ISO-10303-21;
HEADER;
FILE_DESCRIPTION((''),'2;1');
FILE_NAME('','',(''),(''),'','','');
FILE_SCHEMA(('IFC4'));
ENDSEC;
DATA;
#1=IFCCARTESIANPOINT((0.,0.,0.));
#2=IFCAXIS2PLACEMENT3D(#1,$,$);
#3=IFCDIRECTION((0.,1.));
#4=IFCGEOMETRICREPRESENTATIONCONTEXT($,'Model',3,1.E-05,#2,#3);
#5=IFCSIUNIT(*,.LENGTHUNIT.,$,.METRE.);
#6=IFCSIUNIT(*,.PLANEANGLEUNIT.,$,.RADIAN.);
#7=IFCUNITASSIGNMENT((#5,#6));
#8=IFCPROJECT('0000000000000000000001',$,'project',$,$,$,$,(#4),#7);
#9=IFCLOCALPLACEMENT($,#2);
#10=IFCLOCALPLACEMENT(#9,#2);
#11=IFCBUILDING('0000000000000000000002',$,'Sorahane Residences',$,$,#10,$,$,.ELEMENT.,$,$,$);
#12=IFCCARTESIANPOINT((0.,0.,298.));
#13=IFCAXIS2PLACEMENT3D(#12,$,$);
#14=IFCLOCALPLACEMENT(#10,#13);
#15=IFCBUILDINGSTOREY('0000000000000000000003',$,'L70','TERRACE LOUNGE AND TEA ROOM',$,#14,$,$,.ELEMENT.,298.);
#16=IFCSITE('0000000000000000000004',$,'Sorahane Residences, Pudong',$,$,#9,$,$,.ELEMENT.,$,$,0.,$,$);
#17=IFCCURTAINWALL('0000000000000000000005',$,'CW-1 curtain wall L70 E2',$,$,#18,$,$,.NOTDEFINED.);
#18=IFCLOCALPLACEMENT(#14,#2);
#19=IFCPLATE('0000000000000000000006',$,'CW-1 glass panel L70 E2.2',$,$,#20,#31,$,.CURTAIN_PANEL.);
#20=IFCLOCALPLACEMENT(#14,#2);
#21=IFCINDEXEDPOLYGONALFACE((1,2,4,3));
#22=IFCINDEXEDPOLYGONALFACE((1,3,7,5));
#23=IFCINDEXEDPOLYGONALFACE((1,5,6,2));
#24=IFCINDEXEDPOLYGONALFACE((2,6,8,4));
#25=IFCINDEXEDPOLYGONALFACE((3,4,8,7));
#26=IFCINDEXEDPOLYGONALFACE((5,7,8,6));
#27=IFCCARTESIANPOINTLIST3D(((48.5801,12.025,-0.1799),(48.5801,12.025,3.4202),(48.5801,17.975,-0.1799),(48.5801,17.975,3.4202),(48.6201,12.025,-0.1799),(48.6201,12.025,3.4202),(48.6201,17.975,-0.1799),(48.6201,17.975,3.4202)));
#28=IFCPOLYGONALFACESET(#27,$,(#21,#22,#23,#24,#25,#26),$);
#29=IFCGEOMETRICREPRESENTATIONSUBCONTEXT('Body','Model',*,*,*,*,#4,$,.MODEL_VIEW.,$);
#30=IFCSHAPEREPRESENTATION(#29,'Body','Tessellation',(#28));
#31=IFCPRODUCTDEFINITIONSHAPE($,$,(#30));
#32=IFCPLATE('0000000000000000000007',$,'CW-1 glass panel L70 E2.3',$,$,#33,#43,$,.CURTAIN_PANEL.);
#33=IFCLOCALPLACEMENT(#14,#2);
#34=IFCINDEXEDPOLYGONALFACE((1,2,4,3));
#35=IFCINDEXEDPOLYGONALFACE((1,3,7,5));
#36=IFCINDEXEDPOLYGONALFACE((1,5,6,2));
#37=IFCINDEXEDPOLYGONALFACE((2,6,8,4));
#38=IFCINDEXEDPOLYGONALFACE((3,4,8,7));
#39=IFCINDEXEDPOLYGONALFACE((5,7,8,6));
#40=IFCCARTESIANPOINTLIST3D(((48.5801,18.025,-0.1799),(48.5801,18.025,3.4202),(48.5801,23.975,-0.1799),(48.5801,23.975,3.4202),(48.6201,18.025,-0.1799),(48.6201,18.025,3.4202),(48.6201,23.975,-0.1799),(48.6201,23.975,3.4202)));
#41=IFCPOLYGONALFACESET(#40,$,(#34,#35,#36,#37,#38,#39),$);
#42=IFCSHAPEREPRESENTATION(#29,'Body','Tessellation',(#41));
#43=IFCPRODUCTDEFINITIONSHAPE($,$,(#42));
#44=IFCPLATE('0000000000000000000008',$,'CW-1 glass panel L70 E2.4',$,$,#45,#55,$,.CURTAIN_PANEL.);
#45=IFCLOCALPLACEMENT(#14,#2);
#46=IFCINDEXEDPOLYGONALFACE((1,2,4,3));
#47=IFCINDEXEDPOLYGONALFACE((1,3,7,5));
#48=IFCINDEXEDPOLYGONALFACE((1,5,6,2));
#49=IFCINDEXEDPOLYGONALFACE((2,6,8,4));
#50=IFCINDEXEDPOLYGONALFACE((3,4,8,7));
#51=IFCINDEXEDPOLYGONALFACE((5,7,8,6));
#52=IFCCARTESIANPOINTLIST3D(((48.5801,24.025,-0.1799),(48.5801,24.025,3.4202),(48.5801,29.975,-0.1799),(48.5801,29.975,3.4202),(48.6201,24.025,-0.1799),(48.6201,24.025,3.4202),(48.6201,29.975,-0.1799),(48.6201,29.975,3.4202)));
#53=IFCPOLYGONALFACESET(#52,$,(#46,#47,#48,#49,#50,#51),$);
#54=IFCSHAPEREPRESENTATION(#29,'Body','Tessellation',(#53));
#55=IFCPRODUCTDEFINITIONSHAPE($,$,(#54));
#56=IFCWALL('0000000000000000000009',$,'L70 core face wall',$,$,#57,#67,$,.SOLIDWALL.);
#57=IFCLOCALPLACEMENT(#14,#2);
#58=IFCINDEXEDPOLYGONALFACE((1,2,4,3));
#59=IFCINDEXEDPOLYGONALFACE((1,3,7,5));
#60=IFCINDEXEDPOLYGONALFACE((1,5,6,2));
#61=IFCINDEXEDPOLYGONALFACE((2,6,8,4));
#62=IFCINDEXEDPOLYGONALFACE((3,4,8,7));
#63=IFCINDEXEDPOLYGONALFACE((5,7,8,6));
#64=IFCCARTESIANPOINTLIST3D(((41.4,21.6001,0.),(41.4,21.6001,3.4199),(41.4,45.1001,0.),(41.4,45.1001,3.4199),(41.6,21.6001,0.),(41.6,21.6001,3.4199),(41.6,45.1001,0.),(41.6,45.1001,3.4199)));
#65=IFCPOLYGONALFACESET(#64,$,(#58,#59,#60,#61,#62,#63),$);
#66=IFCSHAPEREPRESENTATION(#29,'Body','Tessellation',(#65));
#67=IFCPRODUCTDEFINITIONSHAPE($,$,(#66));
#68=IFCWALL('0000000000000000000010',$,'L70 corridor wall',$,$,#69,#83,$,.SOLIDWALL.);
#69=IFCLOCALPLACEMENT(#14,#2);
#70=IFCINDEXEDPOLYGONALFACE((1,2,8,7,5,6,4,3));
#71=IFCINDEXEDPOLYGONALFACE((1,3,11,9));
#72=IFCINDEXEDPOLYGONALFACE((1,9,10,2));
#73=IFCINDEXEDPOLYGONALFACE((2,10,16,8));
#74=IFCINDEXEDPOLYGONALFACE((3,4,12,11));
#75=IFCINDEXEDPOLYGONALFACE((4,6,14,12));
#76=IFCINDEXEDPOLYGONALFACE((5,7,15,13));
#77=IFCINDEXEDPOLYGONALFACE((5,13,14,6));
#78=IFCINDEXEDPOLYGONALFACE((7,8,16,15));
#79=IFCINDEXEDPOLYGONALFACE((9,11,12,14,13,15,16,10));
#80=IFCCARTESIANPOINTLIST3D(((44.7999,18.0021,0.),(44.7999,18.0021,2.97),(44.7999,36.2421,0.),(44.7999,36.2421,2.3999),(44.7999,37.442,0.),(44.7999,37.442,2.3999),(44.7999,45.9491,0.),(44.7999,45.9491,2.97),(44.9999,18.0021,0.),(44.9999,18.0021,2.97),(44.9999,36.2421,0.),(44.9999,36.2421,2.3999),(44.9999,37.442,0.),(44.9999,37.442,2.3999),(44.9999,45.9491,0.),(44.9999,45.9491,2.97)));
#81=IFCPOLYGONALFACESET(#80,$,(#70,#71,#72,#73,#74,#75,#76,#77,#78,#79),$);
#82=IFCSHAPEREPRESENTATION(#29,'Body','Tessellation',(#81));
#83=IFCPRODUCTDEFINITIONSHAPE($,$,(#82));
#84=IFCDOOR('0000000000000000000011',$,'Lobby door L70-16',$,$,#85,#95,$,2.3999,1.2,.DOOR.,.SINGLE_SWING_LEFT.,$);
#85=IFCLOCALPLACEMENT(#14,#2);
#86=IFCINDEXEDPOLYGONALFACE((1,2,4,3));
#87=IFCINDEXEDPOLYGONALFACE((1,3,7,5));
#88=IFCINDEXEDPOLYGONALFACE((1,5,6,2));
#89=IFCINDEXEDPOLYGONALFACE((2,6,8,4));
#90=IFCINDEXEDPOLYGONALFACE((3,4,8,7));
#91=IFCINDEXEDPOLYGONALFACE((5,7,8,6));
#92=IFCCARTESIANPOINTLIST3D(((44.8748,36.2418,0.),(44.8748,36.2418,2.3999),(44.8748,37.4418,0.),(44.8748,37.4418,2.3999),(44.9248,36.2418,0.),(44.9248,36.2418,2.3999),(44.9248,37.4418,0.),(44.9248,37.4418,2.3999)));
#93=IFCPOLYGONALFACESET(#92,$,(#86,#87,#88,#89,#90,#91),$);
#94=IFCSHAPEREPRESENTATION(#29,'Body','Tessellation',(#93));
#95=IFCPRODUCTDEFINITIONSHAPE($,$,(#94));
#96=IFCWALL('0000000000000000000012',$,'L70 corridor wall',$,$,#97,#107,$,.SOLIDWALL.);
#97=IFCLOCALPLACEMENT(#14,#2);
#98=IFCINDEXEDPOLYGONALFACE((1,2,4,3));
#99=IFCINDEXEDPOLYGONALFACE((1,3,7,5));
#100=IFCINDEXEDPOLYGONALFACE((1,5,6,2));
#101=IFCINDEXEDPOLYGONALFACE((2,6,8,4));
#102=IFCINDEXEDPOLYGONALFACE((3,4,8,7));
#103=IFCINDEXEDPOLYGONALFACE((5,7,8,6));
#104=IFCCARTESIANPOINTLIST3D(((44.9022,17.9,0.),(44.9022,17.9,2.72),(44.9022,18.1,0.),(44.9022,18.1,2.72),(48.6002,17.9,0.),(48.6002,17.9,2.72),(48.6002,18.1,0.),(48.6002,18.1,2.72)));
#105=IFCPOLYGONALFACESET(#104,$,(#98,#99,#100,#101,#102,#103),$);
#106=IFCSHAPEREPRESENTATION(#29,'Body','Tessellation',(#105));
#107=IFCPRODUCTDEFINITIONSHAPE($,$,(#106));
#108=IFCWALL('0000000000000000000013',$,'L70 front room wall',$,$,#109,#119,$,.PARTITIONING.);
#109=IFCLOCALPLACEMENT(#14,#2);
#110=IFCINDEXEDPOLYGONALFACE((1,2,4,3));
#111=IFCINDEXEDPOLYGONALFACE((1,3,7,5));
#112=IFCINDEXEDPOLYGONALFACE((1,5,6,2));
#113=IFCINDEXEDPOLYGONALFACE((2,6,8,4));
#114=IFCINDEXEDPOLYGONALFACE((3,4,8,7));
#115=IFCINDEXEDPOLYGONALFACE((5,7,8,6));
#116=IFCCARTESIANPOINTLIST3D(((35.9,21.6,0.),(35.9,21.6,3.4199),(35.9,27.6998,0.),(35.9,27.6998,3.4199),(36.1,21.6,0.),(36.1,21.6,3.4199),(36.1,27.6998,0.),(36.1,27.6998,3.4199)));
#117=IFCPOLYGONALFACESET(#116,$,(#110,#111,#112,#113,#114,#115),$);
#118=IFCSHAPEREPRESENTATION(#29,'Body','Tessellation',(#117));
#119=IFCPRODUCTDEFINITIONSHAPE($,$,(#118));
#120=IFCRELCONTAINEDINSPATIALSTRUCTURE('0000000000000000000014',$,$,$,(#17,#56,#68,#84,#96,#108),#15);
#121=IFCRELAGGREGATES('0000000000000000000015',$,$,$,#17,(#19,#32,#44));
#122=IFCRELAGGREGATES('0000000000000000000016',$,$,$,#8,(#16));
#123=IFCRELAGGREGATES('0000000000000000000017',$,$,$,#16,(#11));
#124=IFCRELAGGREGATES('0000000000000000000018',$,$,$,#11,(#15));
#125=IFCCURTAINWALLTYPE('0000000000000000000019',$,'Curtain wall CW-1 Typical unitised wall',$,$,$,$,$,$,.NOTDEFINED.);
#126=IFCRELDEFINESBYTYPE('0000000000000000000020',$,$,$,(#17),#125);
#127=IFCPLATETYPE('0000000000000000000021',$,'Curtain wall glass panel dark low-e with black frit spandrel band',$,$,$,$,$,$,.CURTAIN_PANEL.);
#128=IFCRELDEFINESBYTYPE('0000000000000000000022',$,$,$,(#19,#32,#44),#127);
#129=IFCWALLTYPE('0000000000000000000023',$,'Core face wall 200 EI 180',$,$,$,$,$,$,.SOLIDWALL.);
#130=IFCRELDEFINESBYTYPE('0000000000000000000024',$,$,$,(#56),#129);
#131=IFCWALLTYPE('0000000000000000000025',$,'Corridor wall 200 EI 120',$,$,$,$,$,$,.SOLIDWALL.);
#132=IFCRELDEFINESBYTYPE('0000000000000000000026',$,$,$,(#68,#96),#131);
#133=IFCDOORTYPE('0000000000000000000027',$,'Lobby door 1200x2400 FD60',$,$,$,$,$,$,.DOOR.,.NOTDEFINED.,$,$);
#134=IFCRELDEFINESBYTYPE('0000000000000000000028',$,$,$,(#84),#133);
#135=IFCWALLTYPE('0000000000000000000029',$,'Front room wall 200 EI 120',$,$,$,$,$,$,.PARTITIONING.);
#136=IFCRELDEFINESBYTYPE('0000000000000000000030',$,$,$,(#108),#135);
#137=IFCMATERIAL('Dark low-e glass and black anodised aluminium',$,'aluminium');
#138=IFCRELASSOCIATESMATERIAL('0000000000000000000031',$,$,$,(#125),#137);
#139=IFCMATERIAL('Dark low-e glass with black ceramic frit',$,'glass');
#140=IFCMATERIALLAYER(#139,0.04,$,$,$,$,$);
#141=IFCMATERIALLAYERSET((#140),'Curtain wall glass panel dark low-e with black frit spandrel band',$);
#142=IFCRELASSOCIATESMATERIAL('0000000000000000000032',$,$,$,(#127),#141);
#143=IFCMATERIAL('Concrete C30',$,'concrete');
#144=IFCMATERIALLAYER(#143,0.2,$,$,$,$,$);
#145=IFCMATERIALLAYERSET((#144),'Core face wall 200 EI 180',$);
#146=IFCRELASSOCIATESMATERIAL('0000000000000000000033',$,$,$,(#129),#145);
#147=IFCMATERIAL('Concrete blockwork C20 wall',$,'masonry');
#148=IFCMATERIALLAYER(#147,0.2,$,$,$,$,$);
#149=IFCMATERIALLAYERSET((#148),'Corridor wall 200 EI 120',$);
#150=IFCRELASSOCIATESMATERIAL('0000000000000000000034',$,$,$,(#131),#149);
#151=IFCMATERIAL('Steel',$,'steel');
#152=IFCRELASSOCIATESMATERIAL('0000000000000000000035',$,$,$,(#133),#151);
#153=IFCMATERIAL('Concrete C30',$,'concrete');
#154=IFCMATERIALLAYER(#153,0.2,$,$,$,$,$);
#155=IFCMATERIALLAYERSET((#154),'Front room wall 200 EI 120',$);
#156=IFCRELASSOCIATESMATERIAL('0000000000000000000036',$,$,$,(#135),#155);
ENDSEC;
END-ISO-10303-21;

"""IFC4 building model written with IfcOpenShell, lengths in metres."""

from ifc_helpers import new_model, si_unit, direction, frame, frame_2d, origin, origin_2d, place, context, subcontext, project, spatial, rectangle, extrude, material, layer, layer_set, type_object, element, fill, aggregate, save


model = new_model("IFC4")

# Units and contexts
model_context = context("Model", 3, precision=1e-05, world=origin(), true_north=direction((0.0, 1.0)))
body_context = subcontext(model_context, "Body", "Model", "MODEL_VIEW")
ifc_project = project(units=[si_unit("LENGTHUNIT", "METRE"), si_unit("PLANEANGLEUNIT", "RADIAN")], contexts=[model_context])

# Site, building, storey
site_placement = place(None, origin())
site = spatial("IfcSite", under=ifc_project, at=site_placement, Name="Sorahane Residences, Pudong", CompositionType="ELEMENT", RefElevation=0.0)
building_placement = place(site_placement, origin())
building = spatial("IfcBuilding", under=site, at=building_placement, Name="Sorahane Residences", CompositionType="ELEMENT")
storey_placement = place(building_placement, frame((0.0, 0.0, 298.0)))
storey = spatial("IfcBuildingStorey", under=building, at=storey_placement, Name="L70", Description="TERRACE LOUNGE AND TEA ROOM", CompositionType="ELEMENT", Elevation=298.0)

# Curtain wall
ifc_material_1 = material(Name="Dark low-e glass and black anodised aluminium", Category="aluminium")
curtain_wall_type = type_object("IfcCurtainWallType", Name="Curtain wall CW-1 Typical unitised wall", PredefinedType="NOTDEFINED", material=ifc_material_1)
curtain_wall_placement = place(storey_placement, origin())
curtain_wall = element("IfcCurtainWall", 1, at=curtain_wall_placement, inside=storey, type_object=curtain_wall_type, Name="CW-1 curtain wall L70 E2", PredefinedType="NOTDEFINED")

# Plates
ifc_material_2 = material(Name="Dark low-e glass with black ceramic frit", Category="glass")
ifc_layer_1 = layer(ifc_material_2, 0.04)
ifc_layer_set_1 = layer_set([ifc_layer_1], Name="Curtain wall glass panel dark low-e with black frit spandrel band")
plate_type = type_object("IfcPlateType", Name="Curtain wall glass panel dark low-e with black frit spandrel band", PredefinedType="CURTAIN_PANEL", material=ifc_layer_set_1)
plate_1_placement = place(storey_placement, frame((48.6001, 15.0, -0.1799), z_axis=(0.0, 0.0, 1.0), x_axis=(0.0, 1.0, 0.0)))
plate_1 = element("IfcPlate", 2, at=plate_1_placement, type_object=plate_type, Name="CW-1 glass panel L70 E2.2", PredefinedType="CURTAIN_PANEL", context=body_context, shape_type="SweptSolid", body=[
    extrude(rectangle(XDim=5.95, YDim=0.04, at=origin_2d()), origin(), (0.0, 0.0, 1.0), 3.6001),
])
plate_2_placement = place(storey_placement, frame((48.6001, 21.0, -0.1799), z_axis=(0.0, 0.0, 1.0), x_axis=(0.0, 1.0, 0.0)))
plate_2 = element("IfcPlate", 3, at=plate_2_placement, type_object=plate_type, Name="CW-1 glass panel L70 E2.3", PredefinedType="CURTAIN_PANEL", context=body_context, shape_type="SweptSolid", body=[
    extrude(rectangle(XDim=5.95, YDim=0.04, at=origin_2d()), origin(), (0.0, 0.0, 1.0), 3.6001),
])
plate_3_placement = place(storey_placement, frame((48.6001, 27.0, -0.1799), z_axis=(0.0, 0.0, 1.0), x_axis=(0.0, 1.0, 0.0)))
plate_3 = element("IfcPlate", 4, at=plate_3_placement, type_object=plate_type, Name="CW-1 glass panel L70 E2.4", PredefinedType="CURTAIN_PANEL", context=body_context, shape_type="SweptSolid", body=[
    extrude(rectangle(XDim=5.95, YDim=0.04, at=origin_2d()), origin(), (0.0, 0.0, 1.0), 3.6001),
])
aggregate(curtain_wall, [plate_1, plate_2, plate_3])

# Wall
ifc_material_3 = material(Name="Concrete C30", Category="concrete")
ifc_layer_2 = layer(ifc_material_3, 0.2)
ifc_layer_set_2 = layer_set([ifc_layer_2], Name="Core face wall 200 EI 180")
wall_type_1 = type_object("IfcWallType", Name="Core face wall 200 EI 180", PredefinedType="SOLIDWALL", material=ifc_layer_set_2)
wall_1_placement = place(storey_placement, frame((41.5, 21.6001, 0.0), z_axis=(0.0, 0.0, 1.0), x_axis=(0.0, 1.0, 0.0)))
element("IfcWall", 5, at=wall_1_placement, inside=storey, type_object=wall_type_1, Name="L70 core face wall", PredefinedType="SOLIDWALL", context=body_context, shape_type="SweptSolid", body=[
    extrude(rectangle(XDim=23.5, YDim=0.2, at=frame_2d((11.75, 0.0))), origin(), (0.0, 0.0, 1.0), 3.4199),
])

# Wall, opening, door
ifc_material_4 = material(Name="Concrete blockwork C20 wall", Category="masonry")
ifc_layer_3 = layer(ifc_material_4, 0.2)
ifc_layer_set_3 = layer_set([ifc_layer_3], Name="Corridor wall 200 EI 120")
wall_type_2 = type_object("IfcWallType", Name="Corridor wall 200 EI 120", PredefinedType="SOLIDWALL", material=ifc_layer_set_3)
wall_2_placement = place(storey_placement, frame((44.8999, 18.002, 0.0), z_axis=(0.0, 0.0, 1.0), x_axis=(0.0, 1.0, 0.0)))
wall_2 = element("IfcWall", 6, at=wall_2_placement, inside=storey, type_object=wall_type_2, Name="L70 corridor wall", PredefinedType="SOLIDWALL", context=body_context, shape_type="SweptSolid", body=[
    extrude(rectangle(XDim=27.947, YDim=0.2, at=frame_2d((13.9736, 0.0))), origin(), (0.0, 0.0, 1.0), 2.97),
])
opening_1_placement = place(wall_2_placement, frame((18.24, 0.0, 0.0)))
opening_1 = element("IfcOpeningElement", 7, at=opening_1_placement, cuts=wall_2, PredefinedType="OPENING", context=body_context, shape_type="SweptSolid", body=[
    extrude(rectangle(XDim=1.2, YDim=2.3999, at=frame_2d((0.6001, 1.2))), frame((0.0, 0.1099, 0.0), z_axis=(0.0, -1.0, 0.0), x_axis=(1.0, 0.0, 0.0)), (0.0, 0.0, 1.0), 0.22),
])
ifc_material_5 = material(Name="Steel", Category="steel")
door_type_1 = type_object("IfcDoorType", Name="Lobby door 1200x2400 FD60", OperationType="NOTDEFINED", PredefinedType="DOOR", material=ifc_material_5)
door_1_placement = place(opening_1_placement, frame((1.2, 0.0, 0.0), z_axis=(0.0, 0.0, 1.0), x_axis=(-1.0, 0.0, 0.0)))
door_1 = element("IfcDoor", 8, at=door_1_placement, inside=storey, type_object=door_type_1, Name="Lobby door L70-16", OperationType="SINGLE_SWING_LEFT", OverallHeight=2.3999, OverallWidth=1.2, PredefinedType="DOOR", context=body_context, shape_type="SweptSolid", body=[
    extrude(rectangle(XDim=1.2, YDim=2.3999, at=frame_2d((0.6001, 1.2))), frame((0.0, 0.0249, 0.0), z_axis=(0.0, -1.0, 0.0), x_axis=(1.0, 0.0, 0.0)), (0.0, 0.0, 1.0), 0.05),
])
fill(opening_1, door_1)

# Walls
wall_3_placement = place(storey_placement, frame((44.9021, 18.0, 0.0), z_axis=(0.0, 0.0, 1.0), x_axis=(1.0, 0.0, 0.0)))
element("IfcWall", 9, at=wall_3_placement, inside=storey, type_object=wall_type_2, Name="L70 corridor wall", PredefinedType="SOLIDWALL", context=body_context, shape_type="SweptSolid", body=[
    extrude(rectangle(XDim=3.698, YDim=0.2, at=frame_2d((1.8491, 0.0))), origin(), (0.0, 0.0, 1.0), 2.72),
])
ifc_material_6 = material(Name="Concrete C30", Category="concrete")
ifc_layer_4 = layer(ifc_material_6, 0.2)
ifc_layer_set_4 = layer_set([ifc_layer_4], Name="Front room wall 200 EI 120")
wall_type_3 = type_object("IfcWallType", Name="Front room wall 200 EI 120", PredefinedType="PARTITIONING", material=ifc_layer_set_4)
wall_4_placement = place(storey_placement, frame((36.0, 21.6001, 0.0), z_axis=(0.0, 0.0, 1.0), x_axis=(0.0, 1.0, 0.0)))
element("IfcWall", 10, at=wall_4_placement, inside=storey, type_object=wall_type_3, Name="L70 front room wall", PredefinedType="PARTITIONING", context=body_context, shape_type="SweptSolid", body=[
    extrude(rectangle(XDim=6.0999, YDim=0.2, at=frame_2d((3.0498, 0.0))), origin(), (0.0, 0.0, 1.0), 3.4199),
])

save(model, "model.ifc")
